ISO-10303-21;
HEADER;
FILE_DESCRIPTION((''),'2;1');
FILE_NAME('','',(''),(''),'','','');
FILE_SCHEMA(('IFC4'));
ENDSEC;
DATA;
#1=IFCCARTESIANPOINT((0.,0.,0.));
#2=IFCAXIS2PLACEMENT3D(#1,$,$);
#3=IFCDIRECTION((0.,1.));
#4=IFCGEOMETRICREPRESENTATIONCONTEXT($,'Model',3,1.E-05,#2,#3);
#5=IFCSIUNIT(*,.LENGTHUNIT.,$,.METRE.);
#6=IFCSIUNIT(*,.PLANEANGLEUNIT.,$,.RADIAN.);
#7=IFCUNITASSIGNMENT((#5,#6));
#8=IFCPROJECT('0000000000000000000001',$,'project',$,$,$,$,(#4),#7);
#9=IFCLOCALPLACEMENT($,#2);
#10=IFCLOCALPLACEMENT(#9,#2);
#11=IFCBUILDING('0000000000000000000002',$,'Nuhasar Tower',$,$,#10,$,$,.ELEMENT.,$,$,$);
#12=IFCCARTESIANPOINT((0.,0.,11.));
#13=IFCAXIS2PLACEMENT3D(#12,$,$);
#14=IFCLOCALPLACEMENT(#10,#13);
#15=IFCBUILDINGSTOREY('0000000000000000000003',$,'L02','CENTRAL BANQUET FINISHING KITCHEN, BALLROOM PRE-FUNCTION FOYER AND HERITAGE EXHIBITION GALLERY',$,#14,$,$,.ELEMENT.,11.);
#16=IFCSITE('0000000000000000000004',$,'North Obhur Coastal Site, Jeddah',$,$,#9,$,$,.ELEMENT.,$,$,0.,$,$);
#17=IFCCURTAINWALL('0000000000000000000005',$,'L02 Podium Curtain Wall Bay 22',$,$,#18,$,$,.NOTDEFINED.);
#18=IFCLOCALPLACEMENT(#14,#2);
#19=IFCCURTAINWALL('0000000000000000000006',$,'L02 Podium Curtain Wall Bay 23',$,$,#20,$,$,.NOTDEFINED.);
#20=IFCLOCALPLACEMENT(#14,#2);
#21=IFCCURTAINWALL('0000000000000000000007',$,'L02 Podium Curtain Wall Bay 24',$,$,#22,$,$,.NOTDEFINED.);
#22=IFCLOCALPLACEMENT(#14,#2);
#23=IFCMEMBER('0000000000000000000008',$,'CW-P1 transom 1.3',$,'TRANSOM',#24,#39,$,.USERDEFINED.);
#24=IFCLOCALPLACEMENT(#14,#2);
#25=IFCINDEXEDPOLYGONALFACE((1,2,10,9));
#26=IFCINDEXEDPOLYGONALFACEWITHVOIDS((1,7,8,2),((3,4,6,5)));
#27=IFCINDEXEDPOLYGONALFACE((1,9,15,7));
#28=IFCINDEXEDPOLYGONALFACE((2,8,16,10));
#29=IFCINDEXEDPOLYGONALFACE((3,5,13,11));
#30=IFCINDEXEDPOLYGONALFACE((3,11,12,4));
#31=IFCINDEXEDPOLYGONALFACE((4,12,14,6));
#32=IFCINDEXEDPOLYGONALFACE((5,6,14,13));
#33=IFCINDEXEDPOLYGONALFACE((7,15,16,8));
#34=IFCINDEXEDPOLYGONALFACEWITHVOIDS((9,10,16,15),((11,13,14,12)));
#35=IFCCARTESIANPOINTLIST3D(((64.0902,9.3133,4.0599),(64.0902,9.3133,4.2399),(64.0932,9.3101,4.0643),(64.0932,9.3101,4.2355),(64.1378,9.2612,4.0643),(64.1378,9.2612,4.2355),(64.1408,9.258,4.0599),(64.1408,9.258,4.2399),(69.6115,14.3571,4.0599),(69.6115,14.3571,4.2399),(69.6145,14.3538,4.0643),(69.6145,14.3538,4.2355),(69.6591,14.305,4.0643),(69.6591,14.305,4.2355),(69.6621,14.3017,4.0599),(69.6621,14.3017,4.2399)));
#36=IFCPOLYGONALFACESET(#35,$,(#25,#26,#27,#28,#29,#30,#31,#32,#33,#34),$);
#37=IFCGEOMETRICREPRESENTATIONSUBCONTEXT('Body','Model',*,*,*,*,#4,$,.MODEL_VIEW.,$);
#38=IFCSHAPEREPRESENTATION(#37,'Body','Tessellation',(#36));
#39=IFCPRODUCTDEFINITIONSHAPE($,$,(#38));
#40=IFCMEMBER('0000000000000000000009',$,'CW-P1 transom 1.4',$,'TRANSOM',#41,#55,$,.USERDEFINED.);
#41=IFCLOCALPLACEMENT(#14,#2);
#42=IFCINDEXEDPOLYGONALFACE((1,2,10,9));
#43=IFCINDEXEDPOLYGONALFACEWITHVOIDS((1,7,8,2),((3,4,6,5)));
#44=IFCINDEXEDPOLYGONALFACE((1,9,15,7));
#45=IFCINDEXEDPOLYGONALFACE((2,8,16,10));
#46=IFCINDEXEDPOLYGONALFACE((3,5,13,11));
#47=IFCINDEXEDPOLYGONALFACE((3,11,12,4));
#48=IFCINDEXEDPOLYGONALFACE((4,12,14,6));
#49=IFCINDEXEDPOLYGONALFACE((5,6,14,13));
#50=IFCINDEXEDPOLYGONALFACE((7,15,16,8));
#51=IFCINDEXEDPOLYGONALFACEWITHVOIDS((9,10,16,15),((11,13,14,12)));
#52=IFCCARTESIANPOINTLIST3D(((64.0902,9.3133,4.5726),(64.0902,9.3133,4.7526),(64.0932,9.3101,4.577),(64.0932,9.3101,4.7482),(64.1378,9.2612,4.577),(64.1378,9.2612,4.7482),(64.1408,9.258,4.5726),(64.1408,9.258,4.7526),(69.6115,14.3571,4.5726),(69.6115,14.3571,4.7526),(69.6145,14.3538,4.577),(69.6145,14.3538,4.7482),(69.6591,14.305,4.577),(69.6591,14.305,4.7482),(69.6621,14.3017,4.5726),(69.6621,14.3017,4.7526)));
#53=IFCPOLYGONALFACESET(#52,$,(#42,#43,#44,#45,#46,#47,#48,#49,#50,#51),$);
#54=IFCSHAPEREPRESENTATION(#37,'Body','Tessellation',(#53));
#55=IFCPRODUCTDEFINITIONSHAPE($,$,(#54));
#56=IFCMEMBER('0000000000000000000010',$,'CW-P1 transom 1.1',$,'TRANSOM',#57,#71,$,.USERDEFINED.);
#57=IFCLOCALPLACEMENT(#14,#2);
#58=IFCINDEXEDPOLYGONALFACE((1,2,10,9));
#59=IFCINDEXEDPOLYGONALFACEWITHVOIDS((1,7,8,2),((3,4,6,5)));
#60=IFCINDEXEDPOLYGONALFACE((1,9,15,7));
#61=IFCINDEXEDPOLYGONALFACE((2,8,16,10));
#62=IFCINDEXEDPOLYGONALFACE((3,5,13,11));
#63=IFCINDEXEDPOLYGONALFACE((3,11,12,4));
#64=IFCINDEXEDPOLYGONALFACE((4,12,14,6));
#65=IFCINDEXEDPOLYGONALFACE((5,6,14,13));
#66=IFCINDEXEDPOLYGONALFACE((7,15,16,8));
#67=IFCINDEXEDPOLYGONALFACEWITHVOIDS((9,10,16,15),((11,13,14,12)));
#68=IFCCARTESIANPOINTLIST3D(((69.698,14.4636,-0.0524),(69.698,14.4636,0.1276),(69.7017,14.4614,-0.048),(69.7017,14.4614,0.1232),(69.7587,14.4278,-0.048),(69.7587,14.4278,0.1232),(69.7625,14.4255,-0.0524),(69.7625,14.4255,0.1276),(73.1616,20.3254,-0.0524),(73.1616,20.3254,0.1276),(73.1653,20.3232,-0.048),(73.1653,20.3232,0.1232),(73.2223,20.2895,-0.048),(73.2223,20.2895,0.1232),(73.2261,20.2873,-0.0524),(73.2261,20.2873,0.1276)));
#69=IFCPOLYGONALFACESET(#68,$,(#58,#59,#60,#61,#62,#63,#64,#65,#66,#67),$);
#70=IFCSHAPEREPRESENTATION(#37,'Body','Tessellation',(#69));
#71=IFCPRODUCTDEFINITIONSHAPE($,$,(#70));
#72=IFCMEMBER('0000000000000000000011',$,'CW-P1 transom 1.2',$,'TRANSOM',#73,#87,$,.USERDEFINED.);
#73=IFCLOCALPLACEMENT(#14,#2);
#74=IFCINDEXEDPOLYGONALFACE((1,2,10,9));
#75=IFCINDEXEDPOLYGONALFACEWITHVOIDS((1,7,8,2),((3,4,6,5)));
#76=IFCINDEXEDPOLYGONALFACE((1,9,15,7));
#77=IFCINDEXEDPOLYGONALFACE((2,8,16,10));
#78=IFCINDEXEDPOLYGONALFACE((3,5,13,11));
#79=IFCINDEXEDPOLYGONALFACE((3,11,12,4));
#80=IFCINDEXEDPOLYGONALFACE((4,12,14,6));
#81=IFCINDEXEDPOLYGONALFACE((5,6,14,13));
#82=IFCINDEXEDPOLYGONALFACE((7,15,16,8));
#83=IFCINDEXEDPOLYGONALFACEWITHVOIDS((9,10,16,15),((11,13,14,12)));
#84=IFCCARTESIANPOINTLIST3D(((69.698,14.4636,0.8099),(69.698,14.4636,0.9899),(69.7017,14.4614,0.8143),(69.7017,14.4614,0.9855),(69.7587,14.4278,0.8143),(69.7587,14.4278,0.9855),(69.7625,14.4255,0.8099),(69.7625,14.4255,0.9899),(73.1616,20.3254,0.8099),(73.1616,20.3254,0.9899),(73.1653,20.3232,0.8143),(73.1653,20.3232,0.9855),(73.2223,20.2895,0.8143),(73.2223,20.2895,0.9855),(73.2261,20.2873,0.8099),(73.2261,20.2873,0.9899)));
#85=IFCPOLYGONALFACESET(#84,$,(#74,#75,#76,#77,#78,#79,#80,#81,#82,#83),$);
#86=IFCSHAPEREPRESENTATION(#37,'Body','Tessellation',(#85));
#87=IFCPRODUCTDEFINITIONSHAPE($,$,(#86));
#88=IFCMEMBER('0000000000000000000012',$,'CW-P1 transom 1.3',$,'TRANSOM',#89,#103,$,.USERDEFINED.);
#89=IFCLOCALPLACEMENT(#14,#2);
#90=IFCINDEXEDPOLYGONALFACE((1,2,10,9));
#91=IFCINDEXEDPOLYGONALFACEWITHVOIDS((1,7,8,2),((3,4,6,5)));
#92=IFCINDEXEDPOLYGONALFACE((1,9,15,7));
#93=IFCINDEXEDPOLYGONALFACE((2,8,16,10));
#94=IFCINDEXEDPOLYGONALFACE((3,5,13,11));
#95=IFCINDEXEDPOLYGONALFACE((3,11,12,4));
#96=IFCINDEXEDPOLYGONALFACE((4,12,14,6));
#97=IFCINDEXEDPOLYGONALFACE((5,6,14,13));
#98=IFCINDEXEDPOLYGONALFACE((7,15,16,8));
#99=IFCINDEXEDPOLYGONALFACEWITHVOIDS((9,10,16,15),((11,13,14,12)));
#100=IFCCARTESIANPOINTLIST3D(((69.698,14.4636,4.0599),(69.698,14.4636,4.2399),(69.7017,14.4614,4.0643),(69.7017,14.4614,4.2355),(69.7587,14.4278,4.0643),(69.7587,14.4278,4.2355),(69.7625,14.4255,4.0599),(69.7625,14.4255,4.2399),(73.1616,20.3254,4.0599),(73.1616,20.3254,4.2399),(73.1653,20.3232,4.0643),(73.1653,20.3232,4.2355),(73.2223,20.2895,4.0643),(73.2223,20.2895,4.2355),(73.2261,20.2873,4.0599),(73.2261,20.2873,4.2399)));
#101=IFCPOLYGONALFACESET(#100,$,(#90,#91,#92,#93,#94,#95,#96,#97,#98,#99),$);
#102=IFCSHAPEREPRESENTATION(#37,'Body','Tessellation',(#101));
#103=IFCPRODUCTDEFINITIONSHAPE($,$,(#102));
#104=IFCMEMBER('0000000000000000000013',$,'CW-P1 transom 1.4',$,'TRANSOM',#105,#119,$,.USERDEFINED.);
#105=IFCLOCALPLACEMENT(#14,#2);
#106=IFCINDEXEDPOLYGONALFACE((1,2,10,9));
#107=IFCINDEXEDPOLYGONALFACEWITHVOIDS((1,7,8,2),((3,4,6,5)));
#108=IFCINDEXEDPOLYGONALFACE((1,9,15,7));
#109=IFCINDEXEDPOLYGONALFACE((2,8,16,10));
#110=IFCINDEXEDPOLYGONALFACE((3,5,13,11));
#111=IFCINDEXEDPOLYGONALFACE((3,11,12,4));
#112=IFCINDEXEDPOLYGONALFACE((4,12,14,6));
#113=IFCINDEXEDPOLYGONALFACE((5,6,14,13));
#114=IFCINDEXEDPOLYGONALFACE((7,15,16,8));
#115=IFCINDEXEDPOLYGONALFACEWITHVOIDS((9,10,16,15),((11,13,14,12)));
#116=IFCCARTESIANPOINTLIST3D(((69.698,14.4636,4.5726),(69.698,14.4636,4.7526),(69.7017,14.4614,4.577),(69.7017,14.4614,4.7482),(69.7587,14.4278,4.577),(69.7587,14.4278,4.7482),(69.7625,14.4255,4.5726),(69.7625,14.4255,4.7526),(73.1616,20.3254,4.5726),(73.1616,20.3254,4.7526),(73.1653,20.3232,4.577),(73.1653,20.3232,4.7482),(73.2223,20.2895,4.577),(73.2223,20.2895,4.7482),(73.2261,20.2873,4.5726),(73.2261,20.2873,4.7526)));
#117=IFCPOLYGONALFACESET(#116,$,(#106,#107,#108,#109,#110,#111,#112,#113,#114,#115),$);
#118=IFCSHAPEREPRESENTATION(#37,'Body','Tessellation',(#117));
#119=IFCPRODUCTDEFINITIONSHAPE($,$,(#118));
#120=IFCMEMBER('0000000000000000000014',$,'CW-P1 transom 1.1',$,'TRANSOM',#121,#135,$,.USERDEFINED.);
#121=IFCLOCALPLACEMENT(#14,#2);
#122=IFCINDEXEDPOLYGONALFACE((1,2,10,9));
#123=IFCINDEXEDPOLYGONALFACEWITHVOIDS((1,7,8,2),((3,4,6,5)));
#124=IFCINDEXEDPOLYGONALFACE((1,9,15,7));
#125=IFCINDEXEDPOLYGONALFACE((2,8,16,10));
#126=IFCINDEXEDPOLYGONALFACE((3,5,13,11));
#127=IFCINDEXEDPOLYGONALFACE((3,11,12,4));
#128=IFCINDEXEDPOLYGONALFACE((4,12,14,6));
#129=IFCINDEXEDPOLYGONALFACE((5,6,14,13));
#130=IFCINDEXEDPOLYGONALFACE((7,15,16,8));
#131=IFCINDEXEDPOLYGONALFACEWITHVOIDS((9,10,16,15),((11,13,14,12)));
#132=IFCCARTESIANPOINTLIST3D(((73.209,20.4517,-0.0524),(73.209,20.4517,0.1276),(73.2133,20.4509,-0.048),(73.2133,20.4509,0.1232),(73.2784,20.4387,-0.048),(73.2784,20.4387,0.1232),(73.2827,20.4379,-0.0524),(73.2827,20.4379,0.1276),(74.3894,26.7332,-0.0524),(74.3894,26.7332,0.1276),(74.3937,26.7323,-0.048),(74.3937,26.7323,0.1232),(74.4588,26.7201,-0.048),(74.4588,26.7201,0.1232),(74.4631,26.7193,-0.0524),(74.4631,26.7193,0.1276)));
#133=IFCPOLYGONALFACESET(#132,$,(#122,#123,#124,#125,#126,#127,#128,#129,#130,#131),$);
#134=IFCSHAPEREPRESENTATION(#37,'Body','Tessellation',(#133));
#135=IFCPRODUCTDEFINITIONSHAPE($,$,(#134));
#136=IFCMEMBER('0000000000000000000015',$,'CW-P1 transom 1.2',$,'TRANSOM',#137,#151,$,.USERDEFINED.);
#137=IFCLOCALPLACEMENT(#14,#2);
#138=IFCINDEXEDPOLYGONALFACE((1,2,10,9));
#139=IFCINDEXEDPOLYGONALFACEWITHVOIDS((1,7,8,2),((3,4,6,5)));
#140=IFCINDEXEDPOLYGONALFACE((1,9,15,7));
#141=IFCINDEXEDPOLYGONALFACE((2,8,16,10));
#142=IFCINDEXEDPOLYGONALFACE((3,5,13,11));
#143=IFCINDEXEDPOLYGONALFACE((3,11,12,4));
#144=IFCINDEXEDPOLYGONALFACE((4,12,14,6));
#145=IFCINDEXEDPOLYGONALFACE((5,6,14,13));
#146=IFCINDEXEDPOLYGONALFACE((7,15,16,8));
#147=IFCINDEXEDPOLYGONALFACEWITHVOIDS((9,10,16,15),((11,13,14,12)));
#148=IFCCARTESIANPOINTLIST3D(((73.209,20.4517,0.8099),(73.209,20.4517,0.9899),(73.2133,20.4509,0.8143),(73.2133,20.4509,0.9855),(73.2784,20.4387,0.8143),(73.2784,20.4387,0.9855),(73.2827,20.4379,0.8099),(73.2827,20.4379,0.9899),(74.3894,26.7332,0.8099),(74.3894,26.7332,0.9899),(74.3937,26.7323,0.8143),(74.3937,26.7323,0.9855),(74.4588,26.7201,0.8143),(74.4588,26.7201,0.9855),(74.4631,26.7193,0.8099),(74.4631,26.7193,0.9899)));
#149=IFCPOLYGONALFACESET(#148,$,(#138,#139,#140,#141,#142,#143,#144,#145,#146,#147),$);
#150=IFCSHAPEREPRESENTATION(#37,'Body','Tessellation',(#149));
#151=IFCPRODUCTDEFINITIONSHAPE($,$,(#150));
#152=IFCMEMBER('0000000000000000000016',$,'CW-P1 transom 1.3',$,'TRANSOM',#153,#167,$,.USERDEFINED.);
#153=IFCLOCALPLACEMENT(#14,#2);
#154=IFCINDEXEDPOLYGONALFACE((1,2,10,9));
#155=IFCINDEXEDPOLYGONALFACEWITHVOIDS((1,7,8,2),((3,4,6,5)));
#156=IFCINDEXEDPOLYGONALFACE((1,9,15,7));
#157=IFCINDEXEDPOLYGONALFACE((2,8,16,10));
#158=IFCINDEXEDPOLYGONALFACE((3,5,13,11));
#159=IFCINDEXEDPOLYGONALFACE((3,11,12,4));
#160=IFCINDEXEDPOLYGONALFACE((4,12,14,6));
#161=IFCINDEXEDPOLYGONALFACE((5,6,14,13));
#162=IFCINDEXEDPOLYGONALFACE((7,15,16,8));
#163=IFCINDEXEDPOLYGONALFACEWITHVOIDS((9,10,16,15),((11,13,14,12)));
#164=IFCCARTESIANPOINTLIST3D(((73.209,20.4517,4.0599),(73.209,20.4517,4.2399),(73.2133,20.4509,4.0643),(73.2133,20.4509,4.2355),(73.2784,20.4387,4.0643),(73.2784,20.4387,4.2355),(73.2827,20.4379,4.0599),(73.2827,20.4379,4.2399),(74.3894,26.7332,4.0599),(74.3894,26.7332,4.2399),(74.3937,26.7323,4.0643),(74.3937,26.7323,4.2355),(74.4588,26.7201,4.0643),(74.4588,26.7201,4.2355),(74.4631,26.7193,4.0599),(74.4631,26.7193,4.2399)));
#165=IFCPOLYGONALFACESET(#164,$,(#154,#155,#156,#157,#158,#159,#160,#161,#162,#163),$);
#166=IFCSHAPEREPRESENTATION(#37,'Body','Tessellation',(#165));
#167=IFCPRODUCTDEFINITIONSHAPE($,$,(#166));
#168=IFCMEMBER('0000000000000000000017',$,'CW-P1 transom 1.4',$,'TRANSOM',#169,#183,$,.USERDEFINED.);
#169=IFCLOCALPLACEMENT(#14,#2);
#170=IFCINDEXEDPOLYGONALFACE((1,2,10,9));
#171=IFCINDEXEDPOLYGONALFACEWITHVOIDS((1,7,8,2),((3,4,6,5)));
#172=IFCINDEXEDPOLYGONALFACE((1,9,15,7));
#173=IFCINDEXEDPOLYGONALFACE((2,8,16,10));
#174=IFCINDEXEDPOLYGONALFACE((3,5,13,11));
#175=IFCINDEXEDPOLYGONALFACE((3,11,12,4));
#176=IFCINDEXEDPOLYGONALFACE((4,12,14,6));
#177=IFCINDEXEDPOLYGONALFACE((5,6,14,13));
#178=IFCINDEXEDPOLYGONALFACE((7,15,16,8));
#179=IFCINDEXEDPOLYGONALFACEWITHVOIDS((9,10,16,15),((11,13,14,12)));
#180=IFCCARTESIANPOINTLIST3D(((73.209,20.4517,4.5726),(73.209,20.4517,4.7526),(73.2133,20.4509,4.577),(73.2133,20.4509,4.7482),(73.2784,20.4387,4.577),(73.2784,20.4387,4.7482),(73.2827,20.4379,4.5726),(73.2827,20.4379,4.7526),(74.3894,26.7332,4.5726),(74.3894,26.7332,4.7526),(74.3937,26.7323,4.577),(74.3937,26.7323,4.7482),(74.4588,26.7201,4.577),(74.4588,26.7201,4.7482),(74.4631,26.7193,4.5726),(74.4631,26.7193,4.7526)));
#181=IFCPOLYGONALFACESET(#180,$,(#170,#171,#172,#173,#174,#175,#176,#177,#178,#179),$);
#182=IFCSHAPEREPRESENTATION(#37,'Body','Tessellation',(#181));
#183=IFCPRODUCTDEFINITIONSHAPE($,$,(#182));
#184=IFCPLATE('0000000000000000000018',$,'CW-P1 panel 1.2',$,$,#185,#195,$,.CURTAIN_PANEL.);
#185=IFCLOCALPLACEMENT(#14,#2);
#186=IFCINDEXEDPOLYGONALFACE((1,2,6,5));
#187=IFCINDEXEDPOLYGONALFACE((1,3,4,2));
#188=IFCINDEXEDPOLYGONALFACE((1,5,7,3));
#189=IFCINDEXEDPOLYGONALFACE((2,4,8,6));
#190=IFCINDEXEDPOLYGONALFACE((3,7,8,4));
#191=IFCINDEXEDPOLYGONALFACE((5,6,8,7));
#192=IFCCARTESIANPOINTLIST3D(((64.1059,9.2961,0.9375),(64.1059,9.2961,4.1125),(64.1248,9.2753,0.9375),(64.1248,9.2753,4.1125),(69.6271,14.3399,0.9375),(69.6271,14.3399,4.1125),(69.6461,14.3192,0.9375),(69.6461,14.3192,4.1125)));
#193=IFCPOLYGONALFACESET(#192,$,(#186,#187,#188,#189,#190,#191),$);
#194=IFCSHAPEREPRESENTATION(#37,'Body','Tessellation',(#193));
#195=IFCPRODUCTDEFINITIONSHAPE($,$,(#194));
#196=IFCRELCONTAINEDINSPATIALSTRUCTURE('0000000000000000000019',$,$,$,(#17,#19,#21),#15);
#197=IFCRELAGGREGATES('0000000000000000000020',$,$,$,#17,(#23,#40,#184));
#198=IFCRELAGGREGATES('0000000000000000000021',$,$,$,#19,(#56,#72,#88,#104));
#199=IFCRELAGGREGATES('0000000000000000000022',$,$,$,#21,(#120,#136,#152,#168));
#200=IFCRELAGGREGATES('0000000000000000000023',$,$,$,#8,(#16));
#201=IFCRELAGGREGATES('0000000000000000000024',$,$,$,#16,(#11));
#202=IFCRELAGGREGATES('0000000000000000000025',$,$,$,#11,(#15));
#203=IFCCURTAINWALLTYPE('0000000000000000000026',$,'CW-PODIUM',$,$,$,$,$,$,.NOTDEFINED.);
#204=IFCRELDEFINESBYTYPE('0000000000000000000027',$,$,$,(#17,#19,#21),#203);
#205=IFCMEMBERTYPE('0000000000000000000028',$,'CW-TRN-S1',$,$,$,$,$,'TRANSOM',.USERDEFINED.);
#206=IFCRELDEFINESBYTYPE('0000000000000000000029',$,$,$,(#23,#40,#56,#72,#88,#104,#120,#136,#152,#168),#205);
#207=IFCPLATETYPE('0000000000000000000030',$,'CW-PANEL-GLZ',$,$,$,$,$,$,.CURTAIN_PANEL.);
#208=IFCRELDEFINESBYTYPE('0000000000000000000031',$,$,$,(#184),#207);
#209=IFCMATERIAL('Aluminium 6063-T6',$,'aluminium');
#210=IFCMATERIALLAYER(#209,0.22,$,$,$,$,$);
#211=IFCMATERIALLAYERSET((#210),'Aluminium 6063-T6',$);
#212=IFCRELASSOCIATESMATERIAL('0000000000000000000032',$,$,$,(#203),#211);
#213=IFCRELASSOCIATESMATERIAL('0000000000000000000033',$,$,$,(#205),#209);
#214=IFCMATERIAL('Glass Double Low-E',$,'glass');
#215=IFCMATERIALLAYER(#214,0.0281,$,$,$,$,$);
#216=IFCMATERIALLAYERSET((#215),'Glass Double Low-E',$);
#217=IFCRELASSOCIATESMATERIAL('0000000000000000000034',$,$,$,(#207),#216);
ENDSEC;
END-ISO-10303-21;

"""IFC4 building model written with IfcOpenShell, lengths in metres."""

from ifc_helpers import new_model, si_unit, direction, frame, origin, origin_2d, place, context, subcontext, project, spatial, rectangle, hollow_rectangle, extrude, material, layer, layer_set, material_profile, profile_set, type_object, element, aggregate, save


model = new_model("IFC4")

# Units and contexts
model_context = context("Model", 3, precision=1e-05, world=origin(), true_north=direction((0.0, 1.0)))
body_context = subcontext(model_context, "Body", "Model", "MODEL_VIEW")
ifc_project = project(units=[si_unit("LENGTHUNIT", "METRE"), si_unit("PLANEANGLEUNIT", "RADIAN")], contexts=[model_context])

# Site, building, storey
site_placement = place(None, origin())
site = spatial("IfcSite", under=ifc_project, at=site_placement, Name="North Obhur Coastal Site, Jeddah", CompositionType="ELEMENT", RefElevation=0.0)
building_placement = place(site_placement, origin())
building = spatial("IfcBuilding", under=site, at=building_placement, Name="Nuhasar Tower", CompositionType="ELEMENT")
storey_placement = place(building_placement, frame((0.0, 0.0, 11.0)))
storey = spatial("IfcBuildingStorey", under=building, at=storey_placement, Name="L02", Description="CENTRAL BANQUET FINISHING KITCHEN, BALLROOM PRE-FUNCTION FOYER AND HERITAGE EXHIBITION GALLERY", CompositionType="ELEMENT", Elevation=11.0)

# Shared definitions
ifc_material_1 = material(Name="Aluminium 6063-T6", Category="aluminium")
ifc_layer_1 = layer(ifc_material_1, 0.22)
ifc_layer_set_1 = layer_set([ifc_layer_1], Name="Aluminium 6063-T6")
curtain_wall_type = type_object("IfcCurtainWallType", Name="CW-PODIUM", PredefinedType="NOTDEFINED", material=ifc_layer_set_1)

# Curtain walls
curtain_wall_1_placement = place(storey_placement, origin())
curtain_wall_1 = element("IfcCurtainWall", 1, at=curtain_wall_1_placement, inside=storey, type_object=curtain_wall_type, Name="L02 Podium Curtain Wall Bay 22", PredefinedType="NOTDEFINED")
curtain_wall_2_placement = place(storey_placement, origin())
curtain_wall_2 = element("IfcCurtainWall", 2, at=curtain_wall_2_placement, inside=storey, type_object=curtain_wall_type, Name="L02 Podium Curtain Wall Bay 23", PredefinedType="NOTDEFINED")

# Curtain wall
curtain_wall_3_placement = place(storey_placement, origin())
curtain_wall_3 = element("IfcCurtainWall", 3, at=curtain_wall_3_placement, inside=storey, type_object=curtain_wall_type, Name="L02 Podium Curtain Wall Bay 24", PredefinedType="NOTDEFINED")

# Members
ifc_material_profile_1 = material_profile(ifc_material_1, hollow_rectangle(XDim=0.075, YDim=0.1799, WallThickness=0.0044, at=origin_2d()), Name="CWT-1")
ifc_profile_set_1 = profile_set([ifc_material_profile_1], Name="Aluminium 6063-T6")
member_type_1 = type_object("IfcMemberType", Name="CW-TRN-S1", ElementType="TRANSOM", PredefinedType="USERDEFINED", material=ifc_profile_set_1)
member_1_placement = place(storey_placement, frame((64.1155, 9.2856, 4.1499), z_axis=(0.738314, 0.674457, 0.0), x_axis=(-0.674457, 0.738314, 0.0)))
member_1 = element("IfcMember", 4, at=member_1_placement, type_object=member_type_1, Name="CW-P1 transom 1.3", ObjectType="TRANSOM", PredefinedType="USERDEFINED", context=body_context, shape_type="SweptSolid", body=[
    extrude(hollow_rectangle(XDim=0.075, YDim=0.1799, WallThickness=0.0044, at=origin_2d()), origin(), (0.0, 0.0, 1.0), 7.4783),
])
member_2_placement = place(storey_placement, frame((64.1155, 9.2856, 4.6626), z_axis=(0.738314, 0.674457, 0.0), x_axis=(-0.674457, 0.738314, 0.0)))
member_2 = element("IfcMember", 5, at=member_2_placement, type_object=member_type_1, Name="CW-P1 transom 1.4", ObjectType="TRANSOM", PredefinedType="USERDEFINED", context=body_context, shape_type="SweptSolid", body=[
    extrude(hollow_rectangle(XDim=0.075, YDim=0.1799, WallThickness=0.0044, at=origin_2d()), origin(), (0.0, 0.0, 1.0), 7.4783),
])
member_3_placement = place(storey_placement, frame((69.7302, 14.4446, 0.0376), z_axis=(0.50871, 0.860938, 0.0), x_axis=(-0.860938, 0.50871, 0.0)))
member_3 = element("IfcMember", 6, at=member_3_placement, type_object=member_type_1, Name="CW-P1 transom 1.1", ObjectType="TRANSOM", PredefinedType="USERDEFINED", context=body_context, shape_type="SweptSolid", body=[
    extrude(hollow_rectangle(XDim=0.075, YDim=0.1799, WallThickness=0.0044, at=origin_2d()), origin(), (0.0, 0.0, 1.0), 6.8086),
])
member_4_placement = place(storey_placement, frame((69.7302, 14.4446, 0.8999), z_axis=(0.50871, 0.860938, 0.0), x_axis=(-0.860938, 0.50871, 0.0)))
member_4 = element("IfcMember", 7, at=member_4_placement, type_object=member_type_1, Name="CW-P1 transom 1.2", ObjectType="TRANSOM", PredefinedType="USERDEFINED", context=body_context, shape_type="SweptSolid", body=[
    extrude(hollow_rectangle(XDim=0.075, YDim=0.1799, WallThickness=0.0044, at=origin_2d()), origin(), (0.0, 0.0, 1.0), 6.8086),
])
member_5_placement = place(storey_placement, frame((69.7302, 14.4446, 4.1499), z_axis=(0.50871, 0.860938, 0.0), x_axis=(-0.860938, 0.50871, 0.0)))
member_5 = element("IfcMember", 8, at=member_5_placement, type_object=member_type_1, Name="CW-P1 transom 1.3", ObjectType="TRANSOM", PredefinedType="USERDEFINED", context=body_context, shape_type="SweptSolid", body=[
    extrude(hollow_rectangle(XDim=0.075, YDim=0.1799, WallThickness=0.0044, at=origin_2d()), origin(), (0.0, 0.0, 1.0), 6.8086),
])
member_6_placement = place(storey_placement, frame((69.7302, 14.4446, 4.6626), z_axis=(0.50871, 0.860938, 0.0), x_axis=(-0.860938, 0.50871, 0.0)))
member_6 = element("IfcMember", 9, at=member_6_placement, type_object=member_type_1, Name="CW-P1 transom 1.4", ObjectType="TRANSOM", PredefinedType="USERDEFINED", context=body_context, shape_type="SweptSolid", body=[
    extrude(hollow_rectangle(XDim=0.075, YDim=0.1799, WallThickness=0.0044, at=origin_2d()), origin(), (0.0, 0.0, 1.0), 6.8086),
])
member_7_placement = place(storey_placement, frame((73.2458, 20.4448, 0.0376), z_axis=(0.184688, 0.982797, 0.0), x_axis=(-0.982797, 0.184688, 0.0)))
member_7 = element("IfcMember", 10, at=member_7_placement, type_object=member_type_1, Name="CW-P1 transom 1.1", ObjectType="TRANSOM", PredefinedType="USERDEFINED", context=body_context, shape_type="SweptSolid", body=[
    extrude(hollow_rectangle(XDim=0.075, YDim=0.1799, WallThickness=0.0044, at=origin_2d()), origin(), (0.0, 0.0, 1.0), 6.3914),
])
member_8_placement = place(storey_placement, frame((73.2458, 20.4448, 0.8999), z_axis=(0.184688, 0.982797, 0.0), x_axis=(-0.982797, 0.184688, 0.0)))
member_8 = element("IfcMember", 11, at=member_8_placement, type_object=member_type_1, Name="CW-P1 transom 1.2", ObjectType="TRANSOM", PredefinedType="USERDEFINED", context=body_context, shape_type="SweptSolid", body=[
    extrude(hollow_rectangle(XDim=0.075, YDim=0.1799, WallThickness=0.0044, at=origin_2d()), origin(), (0.0, 0.0, 1.0), 6.3914),
])
member_9_placement = place(storey_placement, frame((73.2458, 20.4448, 4.1499), z_axis=(0.184688, 0.982797, 0.0), x_axis=(-0.982797, 0.184688, 0.0)))
member_9 = element("IfcMember", 12, at=member_9_placement, type_object=member_type_1, Name="CW-P1 transom 1.3", ObjectType="TRANSOM", PredefinedType="USERDEFINED", context=body_context, shape_type="SweptSolid", body=[
    extrude(hollow_rectangle(XDim=0.075, YDim=0.1799, WallThickness=0.0044, at=origin_2d()), origin(), (0.0, 0.0, 1.0), 6.3914),
])
member_10_placement = place(storey_placement, frame((73.2458, 20.4448, 4.6626), z_axis=(0.184688, 0.982797, 0.0), x_axis=(-0.982797, 0.184688, 0.0)))
member_10 = element("IfcMember", 13, at=member_10_placement, type_object=member_type_1, Name="CW-P1 transom 1.4", ObjectType="TRANSOM", PredefinedType="USERDEFINED", context=body_context, shape_type="SweptSolid", body=[
    extrude(hollow_rectangle(XDim=0.075, YDim=0.1799, WallThickness=0.0044, at=origin_2d()), origin(), (0.0, 0.0, 1.0), 6.3914),
])

# Plate
ifc_material_2 = material(Name="Glass Double Low-E", Category="glass")
ifc_layer_2 = layer(ifc_material_2, 0.0281)
ifc_layer_set_2 = layer_set([ifc_layer_2], Name="Glass Double Low-E")
plate_type_1 = type_object("IfcPlateType", Name="CW-PANEL-GLZ", PredefinedType="CURTAIN_PANEL", material=ifc_layer_set_2)
plate_1_placement = place(storey_placement, frame((66.876, 11.8076, 0.9375), z_axis=(0.0, 0.0, 1.0), x_axis=(0.738307, 0.674465, 0.0)))
plate_1 = element("IfcPlate", 14, at=plate_1_placement, type_object=plate_type_1, Name="CW-P1 panel 1.2", PredefinedType="CURTAIN_PANEL", context=body_context, shape_type="SweptSolid", body=[
    extrude(rectangle(XDim=7.4783, YDim=0.0281, at=origin_2d()), origin(), (0.0, 0.0, 1.0), 3.175),
])
aggregate(curtain_wall_1, [member_1, member_2, plate_1])
aggregate(curtain_wall_2, [member_3, member_4, member_5, member_6])
aggregate(curtain_wall_3, [member_7, member_8, member_9, member_10])

save(model, "model.ifc")
